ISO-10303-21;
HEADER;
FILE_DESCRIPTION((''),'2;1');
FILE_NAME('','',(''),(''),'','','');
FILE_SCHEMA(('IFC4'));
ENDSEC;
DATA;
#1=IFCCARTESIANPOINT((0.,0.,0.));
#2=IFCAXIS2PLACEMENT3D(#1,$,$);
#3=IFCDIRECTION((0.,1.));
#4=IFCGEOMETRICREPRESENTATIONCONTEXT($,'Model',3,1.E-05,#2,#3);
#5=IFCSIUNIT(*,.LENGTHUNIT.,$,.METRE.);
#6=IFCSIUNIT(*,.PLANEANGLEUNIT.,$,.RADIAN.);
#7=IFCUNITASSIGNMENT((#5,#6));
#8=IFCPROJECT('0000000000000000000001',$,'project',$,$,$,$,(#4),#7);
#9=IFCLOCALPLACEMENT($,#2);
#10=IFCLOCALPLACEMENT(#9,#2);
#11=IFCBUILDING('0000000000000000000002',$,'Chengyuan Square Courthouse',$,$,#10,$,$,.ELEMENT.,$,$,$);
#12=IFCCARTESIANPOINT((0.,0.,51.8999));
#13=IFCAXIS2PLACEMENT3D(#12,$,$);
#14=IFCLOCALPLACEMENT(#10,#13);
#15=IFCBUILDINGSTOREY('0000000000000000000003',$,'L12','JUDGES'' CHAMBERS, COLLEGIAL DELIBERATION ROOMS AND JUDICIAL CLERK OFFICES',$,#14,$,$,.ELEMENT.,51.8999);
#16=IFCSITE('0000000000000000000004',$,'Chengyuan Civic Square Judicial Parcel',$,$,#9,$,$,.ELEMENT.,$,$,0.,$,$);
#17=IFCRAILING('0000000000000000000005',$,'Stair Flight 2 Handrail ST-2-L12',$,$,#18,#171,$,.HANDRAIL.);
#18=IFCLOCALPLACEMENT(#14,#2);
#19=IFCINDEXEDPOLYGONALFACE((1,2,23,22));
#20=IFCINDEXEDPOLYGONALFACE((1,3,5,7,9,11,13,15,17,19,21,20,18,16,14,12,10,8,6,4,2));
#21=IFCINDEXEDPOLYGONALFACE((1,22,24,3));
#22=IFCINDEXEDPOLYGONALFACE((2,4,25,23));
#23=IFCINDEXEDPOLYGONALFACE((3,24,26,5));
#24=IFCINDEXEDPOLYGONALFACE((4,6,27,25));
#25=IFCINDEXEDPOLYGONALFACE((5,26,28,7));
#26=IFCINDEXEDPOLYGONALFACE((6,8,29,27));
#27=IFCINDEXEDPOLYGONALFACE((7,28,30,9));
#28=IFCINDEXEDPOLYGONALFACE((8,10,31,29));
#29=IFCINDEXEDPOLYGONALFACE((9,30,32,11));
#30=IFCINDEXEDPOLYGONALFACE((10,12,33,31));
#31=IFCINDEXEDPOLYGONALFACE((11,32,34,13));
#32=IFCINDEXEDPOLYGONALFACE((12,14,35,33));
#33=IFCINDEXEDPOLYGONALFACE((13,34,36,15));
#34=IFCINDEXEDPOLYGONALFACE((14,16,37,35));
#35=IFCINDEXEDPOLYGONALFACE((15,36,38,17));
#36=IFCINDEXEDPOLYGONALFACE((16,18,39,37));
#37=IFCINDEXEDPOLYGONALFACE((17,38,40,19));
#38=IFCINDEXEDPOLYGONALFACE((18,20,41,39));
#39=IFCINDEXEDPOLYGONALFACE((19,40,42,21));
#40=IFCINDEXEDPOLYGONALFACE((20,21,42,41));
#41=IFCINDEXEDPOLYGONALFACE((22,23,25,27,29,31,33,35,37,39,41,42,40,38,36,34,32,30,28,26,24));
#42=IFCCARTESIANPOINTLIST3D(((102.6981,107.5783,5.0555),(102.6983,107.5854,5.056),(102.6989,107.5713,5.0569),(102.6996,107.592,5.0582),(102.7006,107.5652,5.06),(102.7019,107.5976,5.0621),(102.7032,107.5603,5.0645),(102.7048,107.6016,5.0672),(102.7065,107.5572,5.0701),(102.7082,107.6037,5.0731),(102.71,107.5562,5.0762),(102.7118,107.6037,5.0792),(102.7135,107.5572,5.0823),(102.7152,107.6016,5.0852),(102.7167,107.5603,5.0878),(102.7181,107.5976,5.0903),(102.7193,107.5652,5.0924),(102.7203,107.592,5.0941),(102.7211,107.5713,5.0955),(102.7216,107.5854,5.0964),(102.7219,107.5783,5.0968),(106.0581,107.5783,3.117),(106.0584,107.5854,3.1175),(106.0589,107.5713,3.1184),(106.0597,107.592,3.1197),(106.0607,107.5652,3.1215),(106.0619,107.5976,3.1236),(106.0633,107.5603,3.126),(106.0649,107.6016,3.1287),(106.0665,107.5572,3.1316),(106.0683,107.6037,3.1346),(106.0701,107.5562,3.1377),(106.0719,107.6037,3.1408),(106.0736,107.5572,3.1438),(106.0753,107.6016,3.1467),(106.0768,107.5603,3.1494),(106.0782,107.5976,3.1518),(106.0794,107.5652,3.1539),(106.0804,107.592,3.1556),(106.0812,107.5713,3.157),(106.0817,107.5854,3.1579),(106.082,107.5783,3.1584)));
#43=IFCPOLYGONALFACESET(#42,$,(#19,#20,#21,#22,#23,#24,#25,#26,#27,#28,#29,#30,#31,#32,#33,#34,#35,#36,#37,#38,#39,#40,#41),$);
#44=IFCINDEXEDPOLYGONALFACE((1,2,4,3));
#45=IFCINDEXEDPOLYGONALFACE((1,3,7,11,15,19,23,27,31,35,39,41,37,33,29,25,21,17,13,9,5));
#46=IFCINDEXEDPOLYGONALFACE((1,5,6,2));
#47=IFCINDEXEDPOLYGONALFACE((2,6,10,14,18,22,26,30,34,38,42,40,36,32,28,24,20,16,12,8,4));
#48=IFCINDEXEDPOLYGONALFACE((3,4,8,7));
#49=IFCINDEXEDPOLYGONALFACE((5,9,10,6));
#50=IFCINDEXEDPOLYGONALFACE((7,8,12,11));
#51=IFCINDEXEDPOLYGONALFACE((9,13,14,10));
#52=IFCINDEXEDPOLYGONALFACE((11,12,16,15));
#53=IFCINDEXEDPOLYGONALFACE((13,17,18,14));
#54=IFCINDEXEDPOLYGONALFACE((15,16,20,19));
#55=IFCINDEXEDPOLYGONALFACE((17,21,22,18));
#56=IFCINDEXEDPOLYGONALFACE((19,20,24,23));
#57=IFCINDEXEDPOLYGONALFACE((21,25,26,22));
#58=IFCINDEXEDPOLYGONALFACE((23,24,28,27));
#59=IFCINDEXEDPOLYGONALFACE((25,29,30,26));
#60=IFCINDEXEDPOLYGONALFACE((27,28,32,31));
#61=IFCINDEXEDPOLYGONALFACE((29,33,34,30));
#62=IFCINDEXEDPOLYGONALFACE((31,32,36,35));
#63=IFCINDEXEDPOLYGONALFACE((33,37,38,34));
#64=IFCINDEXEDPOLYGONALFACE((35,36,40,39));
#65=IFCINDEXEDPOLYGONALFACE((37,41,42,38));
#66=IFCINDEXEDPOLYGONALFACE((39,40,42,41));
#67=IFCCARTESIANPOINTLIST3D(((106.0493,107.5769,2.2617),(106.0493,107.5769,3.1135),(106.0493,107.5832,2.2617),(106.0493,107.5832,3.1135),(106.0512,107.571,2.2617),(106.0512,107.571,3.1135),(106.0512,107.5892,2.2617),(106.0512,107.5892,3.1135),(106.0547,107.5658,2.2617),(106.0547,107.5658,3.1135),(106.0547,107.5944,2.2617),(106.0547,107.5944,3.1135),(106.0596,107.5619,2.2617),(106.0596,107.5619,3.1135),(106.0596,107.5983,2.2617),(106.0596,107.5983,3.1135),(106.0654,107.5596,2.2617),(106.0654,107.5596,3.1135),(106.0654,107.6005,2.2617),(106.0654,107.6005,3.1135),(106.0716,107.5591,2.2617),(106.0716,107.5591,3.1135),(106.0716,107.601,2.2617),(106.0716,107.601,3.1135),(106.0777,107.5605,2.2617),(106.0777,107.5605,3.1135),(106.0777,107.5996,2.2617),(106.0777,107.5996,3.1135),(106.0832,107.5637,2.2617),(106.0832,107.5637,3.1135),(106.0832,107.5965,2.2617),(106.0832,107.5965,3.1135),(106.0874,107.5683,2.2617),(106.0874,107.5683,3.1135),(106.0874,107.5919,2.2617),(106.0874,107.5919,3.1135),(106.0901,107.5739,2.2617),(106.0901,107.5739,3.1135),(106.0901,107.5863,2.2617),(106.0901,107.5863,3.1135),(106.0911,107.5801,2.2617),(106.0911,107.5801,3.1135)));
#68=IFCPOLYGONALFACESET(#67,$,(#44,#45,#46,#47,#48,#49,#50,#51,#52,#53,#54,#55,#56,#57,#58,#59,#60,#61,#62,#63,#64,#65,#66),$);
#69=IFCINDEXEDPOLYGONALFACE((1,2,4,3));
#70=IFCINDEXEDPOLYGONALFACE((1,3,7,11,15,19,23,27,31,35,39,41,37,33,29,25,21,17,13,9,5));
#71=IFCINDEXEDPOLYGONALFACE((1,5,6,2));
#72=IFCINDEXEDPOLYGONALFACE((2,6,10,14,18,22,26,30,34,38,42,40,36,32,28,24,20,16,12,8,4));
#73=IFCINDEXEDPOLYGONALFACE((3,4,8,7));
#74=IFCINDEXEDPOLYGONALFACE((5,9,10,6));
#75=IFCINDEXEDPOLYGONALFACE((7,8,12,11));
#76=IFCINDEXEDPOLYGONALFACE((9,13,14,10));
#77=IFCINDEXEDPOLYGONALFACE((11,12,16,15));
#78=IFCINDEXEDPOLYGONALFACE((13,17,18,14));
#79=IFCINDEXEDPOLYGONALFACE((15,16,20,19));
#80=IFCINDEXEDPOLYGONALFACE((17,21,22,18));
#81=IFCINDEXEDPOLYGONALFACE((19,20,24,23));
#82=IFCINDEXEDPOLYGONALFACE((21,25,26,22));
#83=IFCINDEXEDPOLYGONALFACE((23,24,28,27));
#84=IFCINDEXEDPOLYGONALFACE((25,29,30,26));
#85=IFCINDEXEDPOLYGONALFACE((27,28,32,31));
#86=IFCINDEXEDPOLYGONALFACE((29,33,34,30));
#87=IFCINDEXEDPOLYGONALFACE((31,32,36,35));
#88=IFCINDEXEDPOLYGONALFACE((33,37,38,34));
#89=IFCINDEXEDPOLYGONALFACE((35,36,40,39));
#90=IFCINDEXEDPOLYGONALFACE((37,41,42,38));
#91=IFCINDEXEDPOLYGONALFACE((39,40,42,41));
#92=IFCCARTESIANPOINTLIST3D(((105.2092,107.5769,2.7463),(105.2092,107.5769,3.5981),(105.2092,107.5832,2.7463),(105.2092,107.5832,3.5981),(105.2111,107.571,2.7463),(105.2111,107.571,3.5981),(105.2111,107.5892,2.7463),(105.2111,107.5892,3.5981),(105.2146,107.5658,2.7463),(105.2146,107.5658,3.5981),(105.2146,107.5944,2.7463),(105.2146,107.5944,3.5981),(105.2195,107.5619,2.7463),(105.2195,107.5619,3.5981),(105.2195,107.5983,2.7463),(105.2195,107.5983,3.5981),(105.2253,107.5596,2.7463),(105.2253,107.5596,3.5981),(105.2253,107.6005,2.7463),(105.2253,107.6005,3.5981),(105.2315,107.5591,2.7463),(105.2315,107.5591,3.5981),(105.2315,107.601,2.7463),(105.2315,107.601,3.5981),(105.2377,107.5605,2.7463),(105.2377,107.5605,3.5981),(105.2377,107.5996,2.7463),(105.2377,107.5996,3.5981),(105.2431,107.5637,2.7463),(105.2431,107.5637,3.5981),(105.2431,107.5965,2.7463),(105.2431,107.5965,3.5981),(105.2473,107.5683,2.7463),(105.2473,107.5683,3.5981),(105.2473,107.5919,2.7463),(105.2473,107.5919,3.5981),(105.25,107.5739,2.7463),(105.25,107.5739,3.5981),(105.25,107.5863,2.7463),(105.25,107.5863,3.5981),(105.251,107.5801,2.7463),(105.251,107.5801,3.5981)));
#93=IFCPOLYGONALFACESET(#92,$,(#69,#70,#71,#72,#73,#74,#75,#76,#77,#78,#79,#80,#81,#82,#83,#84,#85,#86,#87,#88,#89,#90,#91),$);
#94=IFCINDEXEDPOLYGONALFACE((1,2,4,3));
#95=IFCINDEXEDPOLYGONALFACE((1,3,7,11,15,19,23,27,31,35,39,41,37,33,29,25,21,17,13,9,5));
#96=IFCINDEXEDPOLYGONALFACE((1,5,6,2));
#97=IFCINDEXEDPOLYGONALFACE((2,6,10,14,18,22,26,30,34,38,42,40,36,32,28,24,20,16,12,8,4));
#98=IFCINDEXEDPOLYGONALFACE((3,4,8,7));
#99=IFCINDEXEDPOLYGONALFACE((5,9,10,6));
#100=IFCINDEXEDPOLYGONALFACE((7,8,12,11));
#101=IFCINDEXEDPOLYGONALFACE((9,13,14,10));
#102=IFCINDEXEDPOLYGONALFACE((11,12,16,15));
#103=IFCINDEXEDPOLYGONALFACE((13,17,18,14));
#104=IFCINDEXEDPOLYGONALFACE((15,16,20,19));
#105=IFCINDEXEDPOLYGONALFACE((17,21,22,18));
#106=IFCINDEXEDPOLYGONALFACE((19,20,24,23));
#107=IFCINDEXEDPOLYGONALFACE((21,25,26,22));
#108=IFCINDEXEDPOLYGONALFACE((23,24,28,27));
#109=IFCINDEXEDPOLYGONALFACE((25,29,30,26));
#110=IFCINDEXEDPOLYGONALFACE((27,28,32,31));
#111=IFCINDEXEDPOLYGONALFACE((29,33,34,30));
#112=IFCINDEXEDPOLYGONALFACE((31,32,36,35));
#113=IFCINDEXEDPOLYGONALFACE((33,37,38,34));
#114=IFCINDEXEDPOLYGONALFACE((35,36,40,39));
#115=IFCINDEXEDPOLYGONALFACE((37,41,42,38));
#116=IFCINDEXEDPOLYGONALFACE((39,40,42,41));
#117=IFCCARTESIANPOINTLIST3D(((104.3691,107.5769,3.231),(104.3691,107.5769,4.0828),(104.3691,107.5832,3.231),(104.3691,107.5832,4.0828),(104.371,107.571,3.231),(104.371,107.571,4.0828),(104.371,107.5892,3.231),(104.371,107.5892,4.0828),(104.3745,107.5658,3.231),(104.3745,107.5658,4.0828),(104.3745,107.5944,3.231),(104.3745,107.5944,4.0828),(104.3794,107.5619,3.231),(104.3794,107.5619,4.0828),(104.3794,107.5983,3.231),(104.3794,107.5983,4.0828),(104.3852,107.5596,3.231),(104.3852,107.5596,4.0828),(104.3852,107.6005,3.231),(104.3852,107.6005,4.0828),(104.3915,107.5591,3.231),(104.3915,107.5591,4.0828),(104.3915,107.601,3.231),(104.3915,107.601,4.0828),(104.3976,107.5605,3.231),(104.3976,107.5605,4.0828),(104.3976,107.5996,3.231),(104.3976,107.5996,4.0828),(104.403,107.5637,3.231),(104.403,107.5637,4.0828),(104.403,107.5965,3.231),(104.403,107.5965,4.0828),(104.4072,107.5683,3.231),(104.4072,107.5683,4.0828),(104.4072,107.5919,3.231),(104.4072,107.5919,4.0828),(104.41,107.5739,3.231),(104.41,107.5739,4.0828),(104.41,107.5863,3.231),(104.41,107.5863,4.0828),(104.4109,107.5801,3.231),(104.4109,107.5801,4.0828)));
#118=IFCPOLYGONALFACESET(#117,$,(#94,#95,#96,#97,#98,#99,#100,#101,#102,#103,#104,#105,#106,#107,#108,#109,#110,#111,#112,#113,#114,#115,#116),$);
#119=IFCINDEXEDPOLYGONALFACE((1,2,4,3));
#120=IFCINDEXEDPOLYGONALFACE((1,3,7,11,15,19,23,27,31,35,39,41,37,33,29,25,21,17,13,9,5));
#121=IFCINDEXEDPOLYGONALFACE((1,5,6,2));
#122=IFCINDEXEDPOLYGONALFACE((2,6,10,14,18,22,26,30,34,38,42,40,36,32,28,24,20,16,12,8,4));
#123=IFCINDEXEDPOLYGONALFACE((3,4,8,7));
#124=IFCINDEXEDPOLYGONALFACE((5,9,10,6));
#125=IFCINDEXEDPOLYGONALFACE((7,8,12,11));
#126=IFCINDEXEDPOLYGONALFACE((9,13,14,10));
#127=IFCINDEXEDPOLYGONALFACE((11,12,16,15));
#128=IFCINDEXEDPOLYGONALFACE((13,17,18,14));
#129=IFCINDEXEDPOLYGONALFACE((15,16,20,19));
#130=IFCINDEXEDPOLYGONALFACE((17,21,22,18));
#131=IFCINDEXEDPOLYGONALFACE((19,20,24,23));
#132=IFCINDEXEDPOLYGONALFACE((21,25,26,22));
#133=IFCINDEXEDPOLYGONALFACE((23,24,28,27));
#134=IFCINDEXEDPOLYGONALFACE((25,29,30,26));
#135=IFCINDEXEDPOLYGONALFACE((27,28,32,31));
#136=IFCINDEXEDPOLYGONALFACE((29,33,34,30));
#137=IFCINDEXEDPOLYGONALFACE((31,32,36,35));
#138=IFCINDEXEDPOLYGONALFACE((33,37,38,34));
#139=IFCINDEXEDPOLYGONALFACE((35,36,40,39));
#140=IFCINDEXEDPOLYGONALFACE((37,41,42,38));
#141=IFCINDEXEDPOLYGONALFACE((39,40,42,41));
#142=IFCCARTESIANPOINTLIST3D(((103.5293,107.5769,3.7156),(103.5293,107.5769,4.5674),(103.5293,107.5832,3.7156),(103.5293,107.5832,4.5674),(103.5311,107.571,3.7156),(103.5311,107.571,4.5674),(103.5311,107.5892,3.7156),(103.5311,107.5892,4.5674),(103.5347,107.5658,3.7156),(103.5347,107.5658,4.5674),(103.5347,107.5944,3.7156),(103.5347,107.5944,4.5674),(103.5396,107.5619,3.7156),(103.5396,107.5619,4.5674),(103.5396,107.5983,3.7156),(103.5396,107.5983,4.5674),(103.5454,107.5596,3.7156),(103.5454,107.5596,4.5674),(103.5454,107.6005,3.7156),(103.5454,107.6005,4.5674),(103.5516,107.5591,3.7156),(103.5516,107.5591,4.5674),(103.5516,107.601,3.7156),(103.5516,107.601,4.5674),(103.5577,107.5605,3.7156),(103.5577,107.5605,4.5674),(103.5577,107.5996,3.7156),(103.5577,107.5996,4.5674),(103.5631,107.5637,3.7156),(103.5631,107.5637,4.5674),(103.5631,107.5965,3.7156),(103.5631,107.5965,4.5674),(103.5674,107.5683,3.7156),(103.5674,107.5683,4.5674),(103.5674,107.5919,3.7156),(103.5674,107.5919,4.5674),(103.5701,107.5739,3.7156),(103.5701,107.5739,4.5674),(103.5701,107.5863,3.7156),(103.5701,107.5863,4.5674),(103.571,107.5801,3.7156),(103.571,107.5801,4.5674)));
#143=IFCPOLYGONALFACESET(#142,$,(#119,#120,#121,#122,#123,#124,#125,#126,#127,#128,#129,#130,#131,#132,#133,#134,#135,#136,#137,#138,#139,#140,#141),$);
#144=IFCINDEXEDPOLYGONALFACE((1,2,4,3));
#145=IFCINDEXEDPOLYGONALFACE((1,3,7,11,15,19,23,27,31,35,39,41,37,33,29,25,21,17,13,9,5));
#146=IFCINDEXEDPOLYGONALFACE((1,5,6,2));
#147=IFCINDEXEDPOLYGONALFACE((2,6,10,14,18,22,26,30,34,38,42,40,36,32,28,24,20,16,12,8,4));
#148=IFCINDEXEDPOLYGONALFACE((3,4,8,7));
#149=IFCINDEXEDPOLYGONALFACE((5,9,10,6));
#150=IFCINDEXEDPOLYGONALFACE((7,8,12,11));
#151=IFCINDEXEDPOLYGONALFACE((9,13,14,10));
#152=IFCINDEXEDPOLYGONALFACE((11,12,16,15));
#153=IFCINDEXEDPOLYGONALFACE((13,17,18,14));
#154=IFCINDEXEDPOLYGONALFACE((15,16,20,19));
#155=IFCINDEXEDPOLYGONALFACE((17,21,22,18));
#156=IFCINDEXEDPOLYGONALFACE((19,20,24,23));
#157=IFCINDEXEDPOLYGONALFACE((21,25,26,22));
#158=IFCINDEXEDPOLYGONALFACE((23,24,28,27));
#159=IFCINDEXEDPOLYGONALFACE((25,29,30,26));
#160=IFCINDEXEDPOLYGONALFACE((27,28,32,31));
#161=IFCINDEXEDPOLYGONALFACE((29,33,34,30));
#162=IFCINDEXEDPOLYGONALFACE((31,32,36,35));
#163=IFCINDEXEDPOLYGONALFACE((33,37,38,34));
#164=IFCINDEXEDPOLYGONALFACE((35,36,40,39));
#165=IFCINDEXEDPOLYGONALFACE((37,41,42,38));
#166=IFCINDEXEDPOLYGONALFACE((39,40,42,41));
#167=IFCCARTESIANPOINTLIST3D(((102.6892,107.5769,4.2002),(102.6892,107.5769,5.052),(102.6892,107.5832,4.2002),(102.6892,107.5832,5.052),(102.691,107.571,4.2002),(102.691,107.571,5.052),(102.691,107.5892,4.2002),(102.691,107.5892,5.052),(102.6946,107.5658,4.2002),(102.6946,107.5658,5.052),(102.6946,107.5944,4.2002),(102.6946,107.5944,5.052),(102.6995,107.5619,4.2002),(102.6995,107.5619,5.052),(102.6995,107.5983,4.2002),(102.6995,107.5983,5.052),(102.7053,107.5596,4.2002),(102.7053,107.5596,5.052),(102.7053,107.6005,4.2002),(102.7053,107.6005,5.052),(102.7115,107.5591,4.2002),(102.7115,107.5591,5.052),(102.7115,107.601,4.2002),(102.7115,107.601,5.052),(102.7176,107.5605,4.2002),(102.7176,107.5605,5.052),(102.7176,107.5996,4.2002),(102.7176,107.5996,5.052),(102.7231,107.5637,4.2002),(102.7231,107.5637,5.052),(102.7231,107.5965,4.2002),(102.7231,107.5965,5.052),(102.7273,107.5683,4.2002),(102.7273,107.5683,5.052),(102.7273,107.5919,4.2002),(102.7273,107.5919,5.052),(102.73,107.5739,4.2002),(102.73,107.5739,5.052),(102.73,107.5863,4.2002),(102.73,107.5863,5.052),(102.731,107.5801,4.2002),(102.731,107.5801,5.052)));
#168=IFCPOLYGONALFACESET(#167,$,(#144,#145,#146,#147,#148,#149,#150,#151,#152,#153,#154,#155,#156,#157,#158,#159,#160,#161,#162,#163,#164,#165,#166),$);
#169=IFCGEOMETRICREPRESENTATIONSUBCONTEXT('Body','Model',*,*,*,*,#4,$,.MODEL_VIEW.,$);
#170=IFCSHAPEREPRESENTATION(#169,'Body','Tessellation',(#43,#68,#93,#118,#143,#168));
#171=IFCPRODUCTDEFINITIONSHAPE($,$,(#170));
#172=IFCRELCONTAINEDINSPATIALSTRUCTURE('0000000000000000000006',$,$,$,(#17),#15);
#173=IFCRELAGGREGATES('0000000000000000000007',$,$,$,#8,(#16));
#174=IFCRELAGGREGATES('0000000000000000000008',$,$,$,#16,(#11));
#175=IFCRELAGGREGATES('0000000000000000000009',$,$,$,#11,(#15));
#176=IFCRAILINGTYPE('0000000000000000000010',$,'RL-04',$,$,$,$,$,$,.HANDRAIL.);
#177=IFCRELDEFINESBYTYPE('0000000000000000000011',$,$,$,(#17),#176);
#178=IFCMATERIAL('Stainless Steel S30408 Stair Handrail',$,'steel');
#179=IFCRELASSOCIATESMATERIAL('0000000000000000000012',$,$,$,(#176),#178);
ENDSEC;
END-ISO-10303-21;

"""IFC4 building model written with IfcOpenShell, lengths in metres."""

from ifc_helpers import new_model, si_unit, direction, frame, origin, origin_2d, place, context, subcontext, project, spatial, circle, extrude, material, type_object, element, save


model = new_model("IFC4")

# Units and contexts
model_context = context("Model", 3, precision=1e-05, world=origin(), true_north=direction((0.0, 1.0)))
body_context = subcontext(model_context, "Body", "Model", "MODEL_VIEW")
ifc_project = project(units=[si_unit("LENGTHUNIT", "METRE"), si_unit("PLANEANGLEUNIT", "RADIAN")], contexts=[model_context])

# Site, building, storey
site_placement = place(None, origin())
site = spatial("IfcSite", under=ifc_project, at=site_placement, Name="Chengyuan Civic Square Judicial Parcel", CompositionType="ELEMENT", RefElevation=0.0)
building_placement = place(site_placement, origin())
building = spatial("IfcBuilding", under=site, at=building_placement, Name="Chengyuan Square Courthouse", CompositionType="ELEMENT")
storey_placement = place(building_placement, frame((0.0, 0.0, 51.8999)))
storey = spatial("IfcBuildingStorey", under=building, at=storey_placement, Name="L12", Description="JUDGES' CHAMBERS, COLLEGIAL DELIBERATION ROOMS AND JUDICIAL CLERK OFFICES", CompositionType="ELEMENT", Elevation=51.8999)

# Railing
ifc_material_1 = material(Name="Stainless Steel S30408 Stair Handrail", Category="steel")
railing_type_1 = type_object("IfcRailingType", Name="RL-04", PredefinedType="HANDRAIL", material=ifc_material_1)
railing_1_placement = place(storey_placement, frame((106.0701, 107.5801, 2.2617)))
element("IfcRailing", 1, at=railing_1_placement, inside=storey, type_object=railing_type_1, Name="Stair Flight 2 Handrail ST-2-L12", PredefinedType="HANDRAIL", context=body_context, shape_type="SweptSolid", body=[
    extrude(circle(Radius=0.0239, at=origin_2d()), frame((0.0, 0.0, 0.876), z_axis=(-0.866191, 0.0, 0.499713), x_axis=(0.0, -1.0, 0.0)), (0.0, 0.0, 1.0), 3.8792),
    extrude(circle(Radius=0.021, at=origin_2d()), origin(), (0.0, 0.0, 1.0), 0.8518),
    extrude(circle(Radius=0.021, at=origin_2d()), frame((-0.8401, 0.0, 0.4846)), (0.0, 0.0, 1.0), 0.8518),
    extrude(circle(Radius=0.021, at=origin_2d()), frame((-1.6802, 0.0, 0.9692)), (0.0, 0.0, 1.0), 0.8518),
    extrude(circle(Radius=0.021, at=origin_2d()), frame((-2.52, 0.0, 1.4539)), (0.0, 0.0, 1.0), 0.8518),
    extrude(circle(Radius=0.021, at=origin_2d()), frame((-3.3601, 0.0, 1.9385)), (0.0, 0.0, 1.0), 0.8518),
])

save(model, "model.ifc")
